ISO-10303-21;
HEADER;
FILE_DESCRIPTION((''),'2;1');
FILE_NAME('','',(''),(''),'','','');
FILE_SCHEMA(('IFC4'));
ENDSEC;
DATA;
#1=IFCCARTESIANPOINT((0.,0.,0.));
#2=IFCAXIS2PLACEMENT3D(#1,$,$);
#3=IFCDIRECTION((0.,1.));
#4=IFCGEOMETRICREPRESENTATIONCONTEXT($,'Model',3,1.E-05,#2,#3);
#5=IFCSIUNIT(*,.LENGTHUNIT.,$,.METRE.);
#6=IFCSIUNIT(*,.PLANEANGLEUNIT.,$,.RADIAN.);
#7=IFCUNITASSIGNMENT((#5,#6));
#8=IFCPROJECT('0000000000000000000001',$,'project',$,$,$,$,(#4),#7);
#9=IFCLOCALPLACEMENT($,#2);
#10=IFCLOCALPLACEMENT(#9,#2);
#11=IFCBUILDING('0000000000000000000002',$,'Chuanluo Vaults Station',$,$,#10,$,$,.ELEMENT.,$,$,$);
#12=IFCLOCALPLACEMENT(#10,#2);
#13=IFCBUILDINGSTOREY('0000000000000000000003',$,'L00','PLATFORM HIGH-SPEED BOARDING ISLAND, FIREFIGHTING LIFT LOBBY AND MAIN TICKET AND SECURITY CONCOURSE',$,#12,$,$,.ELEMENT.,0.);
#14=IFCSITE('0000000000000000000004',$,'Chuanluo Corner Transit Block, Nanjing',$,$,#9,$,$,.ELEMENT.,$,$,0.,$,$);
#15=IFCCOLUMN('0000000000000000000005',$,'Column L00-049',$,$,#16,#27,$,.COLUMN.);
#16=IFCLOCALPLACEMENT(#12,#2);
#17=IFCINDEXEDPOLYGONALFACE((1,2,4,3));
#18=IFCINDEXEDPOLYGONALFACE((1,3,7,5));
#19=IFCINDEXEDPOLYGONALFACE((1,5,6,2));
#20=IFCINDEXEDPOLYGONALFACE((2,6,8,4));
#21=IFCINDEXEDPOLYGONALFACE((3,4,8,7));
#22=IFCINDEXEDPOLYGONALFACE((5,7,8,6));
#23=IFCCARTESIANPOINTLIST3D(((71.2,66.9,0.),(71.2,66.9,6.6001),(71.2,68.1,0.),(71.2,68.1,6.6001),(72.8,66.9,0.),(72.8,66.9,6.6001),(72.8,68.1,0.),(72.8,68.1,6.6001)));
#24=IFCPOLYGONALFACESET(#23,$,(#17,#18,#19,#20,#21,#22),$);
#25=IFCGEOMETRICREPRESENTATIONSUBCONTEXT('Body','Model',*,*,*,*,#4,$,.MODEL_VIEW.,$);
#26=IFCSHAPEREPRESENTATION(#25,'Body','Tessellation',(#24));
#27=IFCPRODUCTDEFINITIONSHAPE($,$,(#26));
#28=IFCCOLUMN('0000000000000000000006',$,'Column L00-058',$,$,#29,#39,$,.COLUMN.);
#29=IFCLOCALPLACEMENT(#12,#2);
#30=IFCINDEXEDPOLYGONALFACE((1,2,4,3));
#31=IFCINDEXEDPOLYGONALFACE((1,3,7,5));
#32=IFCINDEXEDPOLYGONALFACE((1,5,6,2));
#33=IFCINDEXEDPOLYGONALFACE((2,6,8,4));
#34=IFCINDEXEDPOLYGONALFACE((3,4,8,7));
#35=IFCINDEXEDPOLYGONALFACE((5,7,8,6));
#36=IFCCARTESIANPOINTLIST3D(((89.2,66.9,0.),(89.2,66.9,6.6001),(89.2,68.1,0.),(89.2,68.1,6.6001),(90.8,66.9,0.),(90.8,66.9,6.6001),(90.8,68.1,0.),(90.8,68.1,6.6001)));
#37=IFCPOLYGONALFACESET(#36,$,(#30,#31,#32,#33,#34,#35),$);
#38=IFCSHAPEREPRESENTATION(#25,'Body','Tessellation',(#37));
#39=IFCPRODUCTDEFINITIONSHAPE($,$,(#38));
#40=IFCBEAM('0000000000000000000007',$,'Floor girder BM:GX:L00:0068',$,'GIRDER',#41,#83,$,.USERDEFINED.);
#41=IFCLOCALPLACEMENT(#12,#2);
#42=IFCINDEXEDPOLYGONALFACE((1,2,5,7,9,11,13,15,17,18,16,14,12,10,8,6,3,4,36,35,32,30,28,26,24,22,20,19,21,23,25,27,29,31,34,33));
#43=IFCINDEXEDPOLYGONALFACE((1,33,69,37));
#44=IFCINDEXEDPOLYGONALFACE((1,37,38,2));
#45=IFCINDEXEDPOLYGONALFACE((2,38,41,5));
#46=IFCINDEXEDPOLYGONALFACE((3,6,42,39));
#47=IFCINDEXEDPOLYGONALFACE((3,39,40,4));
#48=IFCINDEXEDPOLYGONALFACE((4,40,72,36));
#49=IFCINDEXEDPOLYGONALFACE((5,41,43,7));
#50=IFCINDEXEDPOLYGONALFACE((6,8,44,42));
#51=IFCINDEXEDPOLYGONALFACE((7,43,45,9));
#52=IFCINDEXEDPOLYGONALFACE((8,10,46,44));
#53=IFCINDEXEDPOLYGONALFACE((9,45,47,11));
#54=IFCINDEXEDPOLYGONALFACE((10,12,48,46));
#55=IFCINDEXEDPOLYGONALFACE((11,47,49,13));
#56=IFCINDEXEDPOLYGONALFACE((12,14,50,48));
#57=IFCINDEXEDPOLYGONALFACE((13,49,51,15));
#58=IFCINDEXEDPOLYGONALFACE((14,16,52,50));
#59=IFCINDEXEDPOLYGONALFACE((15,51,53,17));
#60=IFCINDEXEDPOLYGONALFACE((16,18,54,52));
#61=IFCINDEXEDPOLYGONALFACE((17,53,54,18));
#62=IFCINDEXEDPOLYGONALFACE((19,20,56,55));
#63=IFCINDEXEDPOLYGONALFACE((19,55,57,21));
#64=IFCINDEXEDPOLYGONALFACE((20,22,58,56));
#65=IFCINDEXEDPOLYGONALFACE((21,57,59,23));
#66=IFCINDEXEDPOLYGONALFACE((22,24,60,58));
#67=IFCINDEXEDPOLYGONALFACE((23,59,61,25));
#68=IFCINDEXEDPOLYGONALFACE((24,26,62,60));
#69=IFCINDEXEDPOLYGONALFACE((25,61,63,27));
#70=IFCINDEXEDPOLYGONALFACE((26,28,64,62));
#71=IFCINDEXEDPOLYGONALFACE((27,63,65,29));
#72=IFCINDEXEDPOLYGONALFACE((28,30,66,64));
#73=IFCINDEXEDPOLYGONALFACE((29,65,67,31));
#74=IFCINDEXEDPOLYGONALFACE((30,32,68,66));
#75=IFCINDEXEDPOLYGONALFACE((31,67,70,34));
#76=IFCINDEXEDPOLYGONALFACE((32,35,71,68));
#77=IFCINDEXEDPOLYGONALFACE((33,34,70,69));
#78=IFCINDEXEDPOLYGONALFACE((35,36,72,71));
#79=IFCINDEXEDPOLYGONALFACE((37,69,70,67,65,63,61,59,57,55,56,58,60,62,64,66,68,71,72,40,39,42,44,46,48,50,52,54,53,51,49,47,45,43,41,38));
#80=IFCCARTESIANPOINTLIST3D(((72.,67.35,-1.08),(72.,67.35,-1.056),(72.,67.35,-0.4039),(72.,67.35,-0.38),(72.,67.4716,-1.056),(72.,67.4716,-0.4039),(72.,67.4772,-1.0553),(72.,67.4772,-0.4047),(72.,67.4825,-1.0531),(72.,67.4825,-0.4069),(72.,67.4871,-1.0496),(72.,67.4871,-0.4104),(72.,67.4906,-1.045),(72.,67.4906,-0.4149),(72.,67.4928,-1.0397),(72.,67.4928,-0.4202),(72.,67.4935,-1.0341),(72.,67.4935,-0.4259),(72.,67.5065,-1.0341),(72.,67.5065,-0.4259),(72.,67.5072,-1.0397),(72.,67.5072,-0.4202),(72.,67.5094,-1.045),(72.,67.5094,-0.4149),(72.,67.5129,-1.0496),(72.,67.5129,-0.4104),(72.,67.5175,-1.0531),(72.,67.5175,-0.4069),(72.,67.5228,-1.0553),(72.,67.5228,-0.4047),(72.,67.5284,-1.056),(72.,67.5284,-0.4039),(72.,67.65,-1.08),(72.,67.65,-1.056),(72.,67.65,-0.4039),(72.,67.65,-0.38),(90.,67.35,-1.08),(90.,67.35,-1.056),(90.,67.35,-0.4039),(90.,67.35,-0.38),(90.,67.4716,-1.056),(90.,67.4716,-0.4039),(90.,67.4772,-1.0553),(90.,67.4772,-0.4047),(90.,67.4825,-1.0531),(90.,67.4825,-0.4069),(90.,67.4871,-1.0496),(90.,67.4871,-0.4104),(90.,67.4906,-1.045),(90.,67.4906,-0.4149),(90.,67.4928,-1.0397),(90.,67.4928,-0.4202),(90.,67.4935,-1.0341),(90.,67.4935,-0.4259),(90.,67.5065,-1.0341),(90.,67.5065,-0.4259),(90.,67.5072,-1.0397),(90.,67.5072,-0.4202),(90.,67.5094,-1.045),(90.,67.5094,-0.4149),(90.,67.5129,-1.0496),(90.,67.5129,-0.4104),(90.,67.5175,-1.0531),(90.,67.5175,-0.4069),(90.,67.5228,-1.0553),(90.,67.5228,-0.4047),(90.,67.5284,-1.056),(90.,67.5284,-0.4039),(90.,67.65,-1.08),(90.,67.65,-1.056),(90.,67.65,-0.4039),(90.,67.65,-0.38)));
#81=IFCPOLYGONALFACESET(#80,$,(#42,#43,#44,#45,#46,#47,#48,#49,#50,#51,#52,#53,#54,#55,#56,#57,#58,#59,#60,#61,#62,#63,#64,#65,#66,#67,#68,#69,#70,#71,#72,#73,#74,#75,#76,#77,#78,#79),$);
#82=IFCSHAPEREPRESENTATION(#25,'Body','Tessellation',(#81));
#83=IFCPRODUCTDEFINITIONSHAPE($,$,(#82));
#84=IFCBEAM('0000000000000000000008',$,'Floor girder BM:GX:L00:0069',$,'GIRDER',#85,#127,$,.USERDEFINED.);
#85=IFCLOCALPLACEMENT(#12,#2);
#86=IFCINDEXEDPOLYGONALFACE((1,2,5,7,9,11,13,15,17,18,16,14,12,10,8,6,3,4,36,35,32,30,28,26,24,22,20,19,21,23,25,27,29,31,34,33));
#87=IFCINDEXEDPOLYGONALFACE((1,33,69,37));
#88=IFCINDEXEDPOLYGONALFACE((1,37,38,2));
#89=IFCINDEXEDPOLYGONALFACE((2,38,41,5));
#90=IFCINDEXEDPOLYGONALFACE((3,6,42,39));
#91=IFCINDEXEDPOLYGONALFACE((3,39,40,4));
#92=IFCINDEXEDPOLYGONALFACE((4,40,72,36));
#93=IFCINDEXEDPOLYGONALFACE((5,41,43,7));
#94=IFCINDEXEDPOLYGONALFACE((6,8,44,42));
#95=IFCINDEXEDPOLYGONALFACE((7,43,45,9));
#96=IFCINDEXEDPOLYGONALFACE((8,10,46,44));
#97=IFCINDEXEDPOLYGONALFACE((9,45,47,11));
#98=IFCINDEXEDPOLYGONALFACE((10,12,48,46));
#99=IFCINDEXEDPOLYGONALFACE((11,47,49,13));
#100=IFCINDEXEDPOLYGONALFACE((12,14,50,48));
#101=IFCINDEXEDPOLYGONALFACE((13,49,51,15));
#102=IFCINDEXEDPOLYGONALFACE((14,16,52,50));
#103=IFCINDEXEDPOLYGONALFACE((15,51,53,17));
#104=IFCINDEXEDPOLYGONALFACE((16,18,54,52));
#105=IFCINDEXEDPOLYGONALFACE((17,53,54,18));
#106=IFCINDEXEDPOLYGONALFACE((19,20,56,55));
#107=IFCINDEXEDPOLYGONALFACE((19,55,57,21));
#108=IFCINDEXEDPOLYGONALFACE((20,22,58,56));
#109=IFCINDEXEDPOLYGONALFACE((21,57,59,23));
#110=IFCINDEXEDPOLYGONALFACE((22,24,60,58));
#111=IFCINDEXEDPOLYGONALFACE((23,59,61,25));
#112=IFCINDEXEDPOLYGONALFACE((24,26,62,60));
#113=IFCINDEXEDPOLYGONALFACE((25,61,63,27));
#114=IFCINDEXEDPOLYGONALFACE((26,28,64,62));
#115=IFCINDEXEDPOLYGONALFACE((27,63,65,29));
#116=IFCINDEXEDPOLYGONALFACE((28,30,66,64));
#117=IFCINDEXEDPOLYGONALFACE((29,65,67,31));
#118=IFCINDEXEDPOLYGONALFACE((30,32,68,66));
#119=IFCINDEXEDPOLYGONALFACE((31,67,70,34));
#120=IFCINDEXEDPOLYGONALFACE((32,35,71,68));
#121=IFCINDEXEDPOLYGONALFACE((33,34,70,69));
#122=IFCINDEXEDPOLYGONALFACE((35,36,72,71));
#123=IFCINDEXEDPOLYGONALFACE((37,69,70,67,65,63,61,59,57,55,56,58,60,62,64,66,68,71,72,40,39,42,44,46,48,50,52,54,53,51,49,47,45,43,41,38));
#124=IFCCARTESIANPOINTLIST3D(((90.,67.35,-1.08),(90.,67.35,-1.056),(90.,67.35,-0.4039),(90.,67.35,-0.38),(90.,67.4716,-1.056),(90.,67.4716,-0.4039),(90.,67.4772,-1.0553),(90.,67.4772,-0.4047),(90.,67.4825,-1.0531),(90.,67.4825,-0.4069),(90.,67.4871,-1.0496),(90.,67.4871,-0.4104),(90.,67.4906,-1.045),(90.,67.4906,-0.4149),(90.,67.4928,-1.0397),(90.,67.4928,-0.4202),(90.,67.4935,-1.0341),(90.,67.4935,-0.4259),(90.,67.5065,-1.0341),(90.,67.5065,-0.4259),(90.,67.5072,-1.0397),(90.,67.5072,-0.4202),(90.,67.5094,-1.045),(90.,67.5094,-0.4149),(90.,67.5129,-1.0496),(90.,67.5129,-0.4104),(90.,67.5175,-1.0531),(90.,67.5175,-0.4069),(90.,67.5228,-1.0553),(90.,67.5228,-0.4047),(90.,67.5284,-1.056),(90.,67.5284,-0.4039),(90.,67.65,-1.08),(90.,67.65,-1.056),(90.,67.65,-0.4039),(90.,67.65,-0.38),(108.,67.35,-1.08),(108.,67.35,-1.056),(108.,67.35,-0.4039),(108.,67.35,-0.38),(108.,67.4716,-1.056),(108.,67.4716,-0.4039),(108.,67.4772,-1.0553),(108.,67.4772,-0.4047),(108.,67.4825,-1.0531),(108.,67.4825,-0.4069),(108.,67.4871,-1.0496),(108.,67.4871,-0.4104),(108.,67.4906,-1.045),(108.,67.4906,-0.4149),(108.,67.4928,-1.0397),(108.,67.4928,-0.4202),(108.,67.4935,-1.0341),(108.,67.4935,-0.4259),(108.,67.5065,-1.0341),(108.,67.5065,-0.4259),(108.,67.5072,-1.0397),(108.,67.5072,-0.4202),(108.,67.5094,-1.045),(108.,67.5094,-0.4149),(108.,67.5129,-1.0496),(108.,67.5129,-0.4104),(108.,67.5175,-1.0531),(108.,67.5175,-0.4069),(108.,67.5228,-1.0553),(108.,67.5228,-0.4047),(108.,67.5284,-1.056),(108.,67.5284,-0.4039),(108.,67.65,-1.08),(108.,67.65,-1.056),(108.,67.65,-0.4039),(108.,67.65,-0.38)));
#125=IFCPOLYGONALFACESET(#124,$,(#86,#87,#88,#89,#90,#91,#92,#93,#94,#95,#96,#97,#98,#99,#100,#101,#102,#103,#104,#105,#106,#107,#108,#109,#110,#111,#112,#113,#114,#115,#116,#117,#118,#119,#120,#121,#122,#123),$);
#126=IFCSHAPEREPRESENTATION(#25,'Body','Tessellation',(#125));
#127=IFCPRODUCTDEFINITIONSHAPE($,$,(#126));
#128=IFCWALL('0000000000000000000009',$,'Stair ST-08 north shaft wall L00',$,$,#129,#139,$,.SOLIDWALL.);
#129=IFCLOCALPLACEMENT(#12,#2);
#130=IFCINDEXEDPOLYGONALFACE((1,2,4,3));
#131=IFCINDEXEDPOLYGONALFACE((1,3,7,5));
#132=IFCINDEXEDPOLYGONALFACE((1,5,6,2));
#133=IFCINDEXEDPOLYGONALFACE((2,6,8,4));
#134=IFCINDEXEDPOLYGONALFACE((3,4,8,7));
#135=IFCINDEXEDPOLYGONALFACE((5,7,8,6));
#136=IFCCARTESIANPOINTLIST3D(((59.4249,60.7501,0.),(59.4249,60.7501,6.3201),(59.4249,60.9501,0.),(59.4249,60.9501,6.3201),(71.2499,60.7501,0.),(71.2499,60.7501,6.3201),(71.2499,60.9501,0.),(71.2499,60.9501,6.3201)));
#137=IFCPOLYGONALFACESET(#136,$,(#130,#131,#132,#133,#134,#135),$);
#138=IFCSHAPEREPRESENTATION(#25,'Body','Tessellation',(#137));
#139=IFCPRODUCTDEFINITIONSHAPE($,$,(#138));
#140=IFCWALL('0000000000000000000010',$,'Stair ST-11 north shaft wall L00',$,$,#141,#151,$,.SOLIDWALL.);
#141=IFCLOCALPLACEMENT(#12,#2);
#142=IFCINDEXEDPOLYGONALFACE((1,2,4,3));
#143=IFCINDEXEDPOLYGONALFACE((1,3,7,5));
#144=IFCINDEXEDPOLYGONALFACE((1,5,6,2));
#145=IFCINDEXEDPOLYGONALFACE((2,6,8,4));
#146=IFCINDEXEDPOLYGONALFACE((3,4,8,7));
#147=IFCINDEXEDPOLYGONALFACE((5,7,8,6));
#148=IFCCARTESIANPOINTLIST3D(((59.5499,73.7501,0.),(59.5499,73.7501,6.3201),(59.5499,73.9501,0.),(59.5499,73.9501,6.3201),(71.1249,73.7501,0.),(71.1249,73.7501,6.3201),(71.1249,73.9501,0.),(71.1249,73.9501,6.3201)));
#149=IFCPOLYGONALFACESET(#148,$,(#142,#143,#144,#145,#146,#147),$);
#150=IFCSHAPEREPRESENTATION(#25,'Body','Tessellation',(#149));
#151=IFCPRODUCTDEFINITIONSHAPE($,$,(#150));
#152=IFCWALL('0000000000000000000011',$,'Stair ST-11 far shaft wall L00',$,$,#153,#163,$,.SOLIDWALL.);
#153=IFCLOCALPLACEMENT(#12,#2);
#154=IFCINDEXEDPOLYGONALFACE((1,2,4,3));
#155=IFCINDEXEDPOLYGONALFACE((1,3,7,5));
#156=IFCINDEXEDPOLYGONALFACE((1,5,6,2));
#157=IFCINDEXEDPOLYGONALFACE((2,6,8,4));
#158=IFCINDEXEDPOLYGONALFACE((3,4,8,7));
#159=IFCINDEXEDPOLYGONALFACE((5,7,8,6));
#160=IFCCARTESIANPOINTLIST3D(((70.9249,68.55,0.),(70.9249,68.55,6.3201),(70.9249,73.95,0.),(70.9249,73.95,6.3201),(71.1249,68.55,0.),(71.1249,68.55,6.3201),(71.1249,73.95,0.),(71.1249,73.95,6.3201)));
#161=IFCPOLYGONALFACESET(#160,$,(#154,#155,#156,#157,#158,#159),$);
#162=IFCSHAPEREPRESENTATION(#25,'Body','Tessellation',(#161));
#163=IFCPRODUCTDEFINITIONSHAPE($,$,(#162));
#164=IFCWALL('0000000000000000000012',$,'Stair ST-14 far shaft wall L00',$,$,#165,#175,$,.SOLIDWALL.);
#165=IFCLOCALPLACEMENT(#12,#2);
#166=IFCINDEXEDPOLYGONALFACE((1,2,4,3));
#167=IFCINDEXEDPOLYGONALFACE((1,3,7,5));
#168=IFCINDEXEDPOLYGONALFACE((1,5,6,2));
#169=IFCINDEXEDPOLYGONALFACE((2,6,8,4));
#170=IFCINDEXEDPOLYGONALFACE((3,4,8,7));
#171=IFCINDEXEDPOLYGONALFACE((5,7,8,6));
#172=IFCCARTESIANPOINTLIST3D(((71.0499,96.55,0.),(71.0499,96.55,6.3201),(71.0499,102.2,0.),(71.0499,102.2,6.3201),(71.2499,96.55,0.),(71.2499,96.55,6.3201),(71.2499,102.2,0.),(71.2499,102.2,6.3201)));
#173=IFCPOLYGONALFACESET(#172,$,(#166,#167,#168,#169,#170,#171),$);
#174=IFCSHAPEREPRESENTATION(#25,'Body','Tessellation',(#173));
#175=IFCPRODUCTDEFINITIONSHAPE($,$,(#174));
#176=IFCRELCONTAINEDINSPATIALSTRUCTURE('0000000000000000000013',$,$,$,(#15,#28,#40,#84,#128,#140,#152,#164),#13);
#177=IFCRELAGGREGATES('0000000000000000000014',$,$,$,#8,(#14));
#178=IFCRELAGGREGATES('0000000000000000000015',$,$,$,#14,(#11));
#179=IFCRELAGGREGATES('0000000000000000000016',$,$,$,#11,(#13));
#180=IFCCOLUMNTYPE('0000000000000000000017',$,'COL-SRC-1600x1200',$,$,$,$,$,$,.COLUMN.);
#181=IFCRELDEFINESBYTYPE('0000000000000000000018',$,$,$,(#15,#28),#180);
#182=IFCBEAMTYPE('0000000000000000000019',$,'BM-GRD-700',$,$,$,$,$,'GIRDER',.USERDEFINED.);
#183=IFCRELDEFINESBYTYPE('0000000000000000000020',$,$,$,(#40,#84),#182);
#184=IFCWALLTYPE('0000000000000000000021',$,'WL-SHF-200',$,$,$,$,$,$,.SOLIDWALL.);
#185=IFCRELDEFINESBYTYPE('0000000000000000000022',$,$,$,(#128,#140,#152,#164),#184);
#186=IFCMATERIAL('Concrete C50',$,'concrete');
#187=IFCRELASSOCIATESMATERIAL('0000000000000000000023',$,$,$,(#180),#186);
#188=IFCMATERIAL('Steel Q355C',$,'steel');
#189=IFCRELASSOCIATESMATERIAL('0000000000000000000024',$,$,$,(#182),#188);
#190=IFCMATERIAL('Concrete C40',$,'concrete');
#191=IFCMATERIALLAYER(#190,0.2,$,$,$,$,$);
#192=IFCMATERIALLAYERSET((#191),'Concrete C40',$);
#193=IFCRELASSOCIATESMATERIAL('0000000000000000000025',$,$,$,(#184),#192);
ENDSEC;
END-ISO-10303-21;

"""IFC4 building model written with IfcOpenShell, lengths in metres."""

from ifc_helpers import new_model, si_unit, direction, frame, frame_2d, origin, origin_2d, place, context, subcontext, project, spatial, rectangle, i_section, extrude, material, layer, layer_set, material_profile, profile_set, type_object, element, save


model = new_model("IFC4")

# Units and contexts
model_context = context("Model", 3, precision=1e-05, world=origin(), true_north=direction((0.0, 1.0)))
body_context = subcontext(model_context, "Body", "Model", "MODEL_VIEW")
ifc_project = project(units=[si_unit("LENGTHUNIT", "METRE"), si_unit("PLANEANGLEUNIT", "RADIAN")], contexts=[model_context])

# Site, building, storey
site_placement = place(None, origin())
site = spatial("IfcSite", under=ifc_project, at=site_placement, Name="Chuanluo Corner Transit Block, Nanjing", CompositionType="ELEMENT", RefElevation=0.0)
building_placement = place(site_placement, origin())
building = spatial("IfcBuilding", under=site, at=building_placement, Name="Chuanluo Vaults Station", CompositionType="ELEMENT")
storey_placement = place(building_placement, origin())
storey = spatial("IfcBuildingStorey", under=building, at=storey_placement, Name="L00", Description="PLATFORM HIGH-SPEED BOARDING ISLAND, FIREFIGHTING LIFT LOBBY AND MAIN TICKET AND SECURITY CONCOURSE", CompositionType="ELEMENT", Elevation=0.0)

# Columns
ifc_material_1 = material(Name="Concrete C50", Category="concrete")
ifc_material_profile_1 = material_profile(ifc_material_1, rectangle(XDim=1.6001, YDim=1.2, at=origin_2d()))
ifc_profile_set_1 = profile_set([ifc_material_profile_1], Name="Concrete C50")
column_type = type_object("IfcColumnType", Name="COL-SRC-1600x1200", PredefinedType="COLUMN", material=ifc_profile_set_1)
for number, where, z_axis, x_axis, name in (
    (1, (72.0, 67.5, 0.0), (0.0, 0.0, 1.0), (1.0, 0.0, 0.0), "Column L00-049"),
    (2, (90.0, 67.5, 0.0), (0.0, 0.0, 1.0), (1.0, 0.0, 0.0), "Column L00-058"),
):
    element("IfcColumn", number, at=place(storey_placement, frame(where, z_axis=z_axis, x_axis=x_axis)), inside=storey, type_object=column_type, Name=name, PredefinedType="COLUMN", context=body_context, shape_type="SweptSolid", body=[
        extrude(rectangle(XDim=1.6001, YDim=1.2, at=origin_2d()), origin(), (0.0, 0.0, 1.0), 6.6001),
    ])

# Beams
ifc_material_2 = material(Name="Steel Q355C", Category="steel")
ifc_material_profile_2 = material_profile(ifc_material_2, i_section(OverallWidth=0.3, OverallDepth=0.7, WebThickness=0.0129, FlangeThickness=0.0239, FilletRadius=0.022, at=origin_2d()))
ifc_profile_set_2 = profile_set([ifc_material_profile_2], Name="Steel Q355C")
beam_type = type_object("IfcBeamType", Name="BM-GRD-700", ElementType="GIRDER", PredefinedType="USERDEFINED", material=ifc_profile_set_2)
for number, where, z_axis, x_axis, name in (
    (3, (72.0, 67.5, -0.73), (1.0, 0.0, 0.0), (0.0, 1.0, 0.0), "Floor girder BM:GX:L00:0068"),
    (4, (90.0, 67.5, -0.73), (1.0, 0.0, 0.0), (0.0, 1.0, 0.0), "Floor girder BM:GX:L00:0069"),
):
    element("IfcBeam", number, at=place(storey_placement, frame(where, z_axis=z_axis, x_axis=x_axis)), inside=storey, type_object=beam_type, Name=name, ObjectType="GIRDER", PredefinedType="USERDEFINED", context=body_context, shape_type="SweptSolid", body=[
        extrude(i_section(OverallWidth=0.3, OverallDepth=0.7, WebThickness=0.0129, FlangeThickness=0.0239, FilletRadius=0.022, at=origin_2d()), origin(), (0.0, 0.0, 1.0), 18.0),
    ])

# Walls
ifc_material_3 = material(Name="Concrete C40", Category="concrete")
ifc_layer = layer(ifc_material_3, 0.2)
ifc_layer_set = layer_set([ifc_layer], Name="Concrete C40")
wall_type = type_object("IfcWallType", Name="WL-SHF-200", PredefinedType="SOLIDWALL", material=ifc_layer_set)
wall_1_placement = place(storey_placement, frame((71.25, 60.8501, 0.0), z_axis=(0.0, 0.0, 1.0), x_axis=(-1.0, 0.0, 0.0)))
element("IfcWall", 5, at=wall_1_placement, inside=storey, type_object=wall_type, Name="Stair ST-08 north shaft wall L00", PredefinedType="SOLIDWALL", context=body_context, shape_type="SweptSolid", body=[
    extrude(rectangle(XDim=11.825, YDim=0.2, at=frame_2d((5.9126, 0.0))), origin(), (0.0, 0.0, 1.0), 6.3201),
])
wall_2_placement = place(storey_placement, frame((71.125, 73.8501, 0.0), z_axis=(0.0, 0.0, 1.0), x_axis=(-1.0, 0.0, 0.0)))
element("IfcWall", 6, at=wall_2_placement, inside=storey, type_object=wall_type, Name="Stair ST-11 north shaft wall L00", PredefinedType="SOLIDWALL", context=body_context, shape_type="SweptSolid", body=[
    extrude(rectangle(XDim=11.575, YDim=0.2, at=frame_2d((5.7876, 0.0))), origin(), (0.0, 0.0, 1.0), 6.3201),
])
wall_3_placement = place(storey_placement, frame((71.0249, 68.55, 0.0), z_axis=(0.0, 0.0, 1.0), x_axis=(0.0, 1.0, 0.0)))
element("IfcWall", 7, at=wall_3_placement, inside=storey, type_object=wall_type, Name="Stair ST-11 far shaft wall L00", PredefinedType="SOLIDWALL", context=body_context, shape_type="SweptSolid", body=[
    extrude(rectangle(XDim=5.3999, YDim=0.2, at=frame_2d((2.7, 0.0))), origin(), (0.0, 0.0, 1.0), 6.3201),
])
wall_4_placement = place(storey_placement, frame((71.1499, 96.55, 0.0), z_axis=(0.0, 0.0, 1.0), x_axis=(0.0, 1.0, 0.0)))
element("IfcWall", 8, at=wall_4_placement, inside=storey, type_object=wall_type, Name="Stair ST-14 far shaft wall L00", PredefinedType="SOLIDWALL", context=body_context, shape_type="SweptSolid", body=[
    extrude(rectangle(XDim=5.6499, YDim=0.2, at=frame_2d((2.825, 0.0))), origin(), (0.0, 0.0, 1.0), 6.3201),
])

save(model, "model.ifc")
